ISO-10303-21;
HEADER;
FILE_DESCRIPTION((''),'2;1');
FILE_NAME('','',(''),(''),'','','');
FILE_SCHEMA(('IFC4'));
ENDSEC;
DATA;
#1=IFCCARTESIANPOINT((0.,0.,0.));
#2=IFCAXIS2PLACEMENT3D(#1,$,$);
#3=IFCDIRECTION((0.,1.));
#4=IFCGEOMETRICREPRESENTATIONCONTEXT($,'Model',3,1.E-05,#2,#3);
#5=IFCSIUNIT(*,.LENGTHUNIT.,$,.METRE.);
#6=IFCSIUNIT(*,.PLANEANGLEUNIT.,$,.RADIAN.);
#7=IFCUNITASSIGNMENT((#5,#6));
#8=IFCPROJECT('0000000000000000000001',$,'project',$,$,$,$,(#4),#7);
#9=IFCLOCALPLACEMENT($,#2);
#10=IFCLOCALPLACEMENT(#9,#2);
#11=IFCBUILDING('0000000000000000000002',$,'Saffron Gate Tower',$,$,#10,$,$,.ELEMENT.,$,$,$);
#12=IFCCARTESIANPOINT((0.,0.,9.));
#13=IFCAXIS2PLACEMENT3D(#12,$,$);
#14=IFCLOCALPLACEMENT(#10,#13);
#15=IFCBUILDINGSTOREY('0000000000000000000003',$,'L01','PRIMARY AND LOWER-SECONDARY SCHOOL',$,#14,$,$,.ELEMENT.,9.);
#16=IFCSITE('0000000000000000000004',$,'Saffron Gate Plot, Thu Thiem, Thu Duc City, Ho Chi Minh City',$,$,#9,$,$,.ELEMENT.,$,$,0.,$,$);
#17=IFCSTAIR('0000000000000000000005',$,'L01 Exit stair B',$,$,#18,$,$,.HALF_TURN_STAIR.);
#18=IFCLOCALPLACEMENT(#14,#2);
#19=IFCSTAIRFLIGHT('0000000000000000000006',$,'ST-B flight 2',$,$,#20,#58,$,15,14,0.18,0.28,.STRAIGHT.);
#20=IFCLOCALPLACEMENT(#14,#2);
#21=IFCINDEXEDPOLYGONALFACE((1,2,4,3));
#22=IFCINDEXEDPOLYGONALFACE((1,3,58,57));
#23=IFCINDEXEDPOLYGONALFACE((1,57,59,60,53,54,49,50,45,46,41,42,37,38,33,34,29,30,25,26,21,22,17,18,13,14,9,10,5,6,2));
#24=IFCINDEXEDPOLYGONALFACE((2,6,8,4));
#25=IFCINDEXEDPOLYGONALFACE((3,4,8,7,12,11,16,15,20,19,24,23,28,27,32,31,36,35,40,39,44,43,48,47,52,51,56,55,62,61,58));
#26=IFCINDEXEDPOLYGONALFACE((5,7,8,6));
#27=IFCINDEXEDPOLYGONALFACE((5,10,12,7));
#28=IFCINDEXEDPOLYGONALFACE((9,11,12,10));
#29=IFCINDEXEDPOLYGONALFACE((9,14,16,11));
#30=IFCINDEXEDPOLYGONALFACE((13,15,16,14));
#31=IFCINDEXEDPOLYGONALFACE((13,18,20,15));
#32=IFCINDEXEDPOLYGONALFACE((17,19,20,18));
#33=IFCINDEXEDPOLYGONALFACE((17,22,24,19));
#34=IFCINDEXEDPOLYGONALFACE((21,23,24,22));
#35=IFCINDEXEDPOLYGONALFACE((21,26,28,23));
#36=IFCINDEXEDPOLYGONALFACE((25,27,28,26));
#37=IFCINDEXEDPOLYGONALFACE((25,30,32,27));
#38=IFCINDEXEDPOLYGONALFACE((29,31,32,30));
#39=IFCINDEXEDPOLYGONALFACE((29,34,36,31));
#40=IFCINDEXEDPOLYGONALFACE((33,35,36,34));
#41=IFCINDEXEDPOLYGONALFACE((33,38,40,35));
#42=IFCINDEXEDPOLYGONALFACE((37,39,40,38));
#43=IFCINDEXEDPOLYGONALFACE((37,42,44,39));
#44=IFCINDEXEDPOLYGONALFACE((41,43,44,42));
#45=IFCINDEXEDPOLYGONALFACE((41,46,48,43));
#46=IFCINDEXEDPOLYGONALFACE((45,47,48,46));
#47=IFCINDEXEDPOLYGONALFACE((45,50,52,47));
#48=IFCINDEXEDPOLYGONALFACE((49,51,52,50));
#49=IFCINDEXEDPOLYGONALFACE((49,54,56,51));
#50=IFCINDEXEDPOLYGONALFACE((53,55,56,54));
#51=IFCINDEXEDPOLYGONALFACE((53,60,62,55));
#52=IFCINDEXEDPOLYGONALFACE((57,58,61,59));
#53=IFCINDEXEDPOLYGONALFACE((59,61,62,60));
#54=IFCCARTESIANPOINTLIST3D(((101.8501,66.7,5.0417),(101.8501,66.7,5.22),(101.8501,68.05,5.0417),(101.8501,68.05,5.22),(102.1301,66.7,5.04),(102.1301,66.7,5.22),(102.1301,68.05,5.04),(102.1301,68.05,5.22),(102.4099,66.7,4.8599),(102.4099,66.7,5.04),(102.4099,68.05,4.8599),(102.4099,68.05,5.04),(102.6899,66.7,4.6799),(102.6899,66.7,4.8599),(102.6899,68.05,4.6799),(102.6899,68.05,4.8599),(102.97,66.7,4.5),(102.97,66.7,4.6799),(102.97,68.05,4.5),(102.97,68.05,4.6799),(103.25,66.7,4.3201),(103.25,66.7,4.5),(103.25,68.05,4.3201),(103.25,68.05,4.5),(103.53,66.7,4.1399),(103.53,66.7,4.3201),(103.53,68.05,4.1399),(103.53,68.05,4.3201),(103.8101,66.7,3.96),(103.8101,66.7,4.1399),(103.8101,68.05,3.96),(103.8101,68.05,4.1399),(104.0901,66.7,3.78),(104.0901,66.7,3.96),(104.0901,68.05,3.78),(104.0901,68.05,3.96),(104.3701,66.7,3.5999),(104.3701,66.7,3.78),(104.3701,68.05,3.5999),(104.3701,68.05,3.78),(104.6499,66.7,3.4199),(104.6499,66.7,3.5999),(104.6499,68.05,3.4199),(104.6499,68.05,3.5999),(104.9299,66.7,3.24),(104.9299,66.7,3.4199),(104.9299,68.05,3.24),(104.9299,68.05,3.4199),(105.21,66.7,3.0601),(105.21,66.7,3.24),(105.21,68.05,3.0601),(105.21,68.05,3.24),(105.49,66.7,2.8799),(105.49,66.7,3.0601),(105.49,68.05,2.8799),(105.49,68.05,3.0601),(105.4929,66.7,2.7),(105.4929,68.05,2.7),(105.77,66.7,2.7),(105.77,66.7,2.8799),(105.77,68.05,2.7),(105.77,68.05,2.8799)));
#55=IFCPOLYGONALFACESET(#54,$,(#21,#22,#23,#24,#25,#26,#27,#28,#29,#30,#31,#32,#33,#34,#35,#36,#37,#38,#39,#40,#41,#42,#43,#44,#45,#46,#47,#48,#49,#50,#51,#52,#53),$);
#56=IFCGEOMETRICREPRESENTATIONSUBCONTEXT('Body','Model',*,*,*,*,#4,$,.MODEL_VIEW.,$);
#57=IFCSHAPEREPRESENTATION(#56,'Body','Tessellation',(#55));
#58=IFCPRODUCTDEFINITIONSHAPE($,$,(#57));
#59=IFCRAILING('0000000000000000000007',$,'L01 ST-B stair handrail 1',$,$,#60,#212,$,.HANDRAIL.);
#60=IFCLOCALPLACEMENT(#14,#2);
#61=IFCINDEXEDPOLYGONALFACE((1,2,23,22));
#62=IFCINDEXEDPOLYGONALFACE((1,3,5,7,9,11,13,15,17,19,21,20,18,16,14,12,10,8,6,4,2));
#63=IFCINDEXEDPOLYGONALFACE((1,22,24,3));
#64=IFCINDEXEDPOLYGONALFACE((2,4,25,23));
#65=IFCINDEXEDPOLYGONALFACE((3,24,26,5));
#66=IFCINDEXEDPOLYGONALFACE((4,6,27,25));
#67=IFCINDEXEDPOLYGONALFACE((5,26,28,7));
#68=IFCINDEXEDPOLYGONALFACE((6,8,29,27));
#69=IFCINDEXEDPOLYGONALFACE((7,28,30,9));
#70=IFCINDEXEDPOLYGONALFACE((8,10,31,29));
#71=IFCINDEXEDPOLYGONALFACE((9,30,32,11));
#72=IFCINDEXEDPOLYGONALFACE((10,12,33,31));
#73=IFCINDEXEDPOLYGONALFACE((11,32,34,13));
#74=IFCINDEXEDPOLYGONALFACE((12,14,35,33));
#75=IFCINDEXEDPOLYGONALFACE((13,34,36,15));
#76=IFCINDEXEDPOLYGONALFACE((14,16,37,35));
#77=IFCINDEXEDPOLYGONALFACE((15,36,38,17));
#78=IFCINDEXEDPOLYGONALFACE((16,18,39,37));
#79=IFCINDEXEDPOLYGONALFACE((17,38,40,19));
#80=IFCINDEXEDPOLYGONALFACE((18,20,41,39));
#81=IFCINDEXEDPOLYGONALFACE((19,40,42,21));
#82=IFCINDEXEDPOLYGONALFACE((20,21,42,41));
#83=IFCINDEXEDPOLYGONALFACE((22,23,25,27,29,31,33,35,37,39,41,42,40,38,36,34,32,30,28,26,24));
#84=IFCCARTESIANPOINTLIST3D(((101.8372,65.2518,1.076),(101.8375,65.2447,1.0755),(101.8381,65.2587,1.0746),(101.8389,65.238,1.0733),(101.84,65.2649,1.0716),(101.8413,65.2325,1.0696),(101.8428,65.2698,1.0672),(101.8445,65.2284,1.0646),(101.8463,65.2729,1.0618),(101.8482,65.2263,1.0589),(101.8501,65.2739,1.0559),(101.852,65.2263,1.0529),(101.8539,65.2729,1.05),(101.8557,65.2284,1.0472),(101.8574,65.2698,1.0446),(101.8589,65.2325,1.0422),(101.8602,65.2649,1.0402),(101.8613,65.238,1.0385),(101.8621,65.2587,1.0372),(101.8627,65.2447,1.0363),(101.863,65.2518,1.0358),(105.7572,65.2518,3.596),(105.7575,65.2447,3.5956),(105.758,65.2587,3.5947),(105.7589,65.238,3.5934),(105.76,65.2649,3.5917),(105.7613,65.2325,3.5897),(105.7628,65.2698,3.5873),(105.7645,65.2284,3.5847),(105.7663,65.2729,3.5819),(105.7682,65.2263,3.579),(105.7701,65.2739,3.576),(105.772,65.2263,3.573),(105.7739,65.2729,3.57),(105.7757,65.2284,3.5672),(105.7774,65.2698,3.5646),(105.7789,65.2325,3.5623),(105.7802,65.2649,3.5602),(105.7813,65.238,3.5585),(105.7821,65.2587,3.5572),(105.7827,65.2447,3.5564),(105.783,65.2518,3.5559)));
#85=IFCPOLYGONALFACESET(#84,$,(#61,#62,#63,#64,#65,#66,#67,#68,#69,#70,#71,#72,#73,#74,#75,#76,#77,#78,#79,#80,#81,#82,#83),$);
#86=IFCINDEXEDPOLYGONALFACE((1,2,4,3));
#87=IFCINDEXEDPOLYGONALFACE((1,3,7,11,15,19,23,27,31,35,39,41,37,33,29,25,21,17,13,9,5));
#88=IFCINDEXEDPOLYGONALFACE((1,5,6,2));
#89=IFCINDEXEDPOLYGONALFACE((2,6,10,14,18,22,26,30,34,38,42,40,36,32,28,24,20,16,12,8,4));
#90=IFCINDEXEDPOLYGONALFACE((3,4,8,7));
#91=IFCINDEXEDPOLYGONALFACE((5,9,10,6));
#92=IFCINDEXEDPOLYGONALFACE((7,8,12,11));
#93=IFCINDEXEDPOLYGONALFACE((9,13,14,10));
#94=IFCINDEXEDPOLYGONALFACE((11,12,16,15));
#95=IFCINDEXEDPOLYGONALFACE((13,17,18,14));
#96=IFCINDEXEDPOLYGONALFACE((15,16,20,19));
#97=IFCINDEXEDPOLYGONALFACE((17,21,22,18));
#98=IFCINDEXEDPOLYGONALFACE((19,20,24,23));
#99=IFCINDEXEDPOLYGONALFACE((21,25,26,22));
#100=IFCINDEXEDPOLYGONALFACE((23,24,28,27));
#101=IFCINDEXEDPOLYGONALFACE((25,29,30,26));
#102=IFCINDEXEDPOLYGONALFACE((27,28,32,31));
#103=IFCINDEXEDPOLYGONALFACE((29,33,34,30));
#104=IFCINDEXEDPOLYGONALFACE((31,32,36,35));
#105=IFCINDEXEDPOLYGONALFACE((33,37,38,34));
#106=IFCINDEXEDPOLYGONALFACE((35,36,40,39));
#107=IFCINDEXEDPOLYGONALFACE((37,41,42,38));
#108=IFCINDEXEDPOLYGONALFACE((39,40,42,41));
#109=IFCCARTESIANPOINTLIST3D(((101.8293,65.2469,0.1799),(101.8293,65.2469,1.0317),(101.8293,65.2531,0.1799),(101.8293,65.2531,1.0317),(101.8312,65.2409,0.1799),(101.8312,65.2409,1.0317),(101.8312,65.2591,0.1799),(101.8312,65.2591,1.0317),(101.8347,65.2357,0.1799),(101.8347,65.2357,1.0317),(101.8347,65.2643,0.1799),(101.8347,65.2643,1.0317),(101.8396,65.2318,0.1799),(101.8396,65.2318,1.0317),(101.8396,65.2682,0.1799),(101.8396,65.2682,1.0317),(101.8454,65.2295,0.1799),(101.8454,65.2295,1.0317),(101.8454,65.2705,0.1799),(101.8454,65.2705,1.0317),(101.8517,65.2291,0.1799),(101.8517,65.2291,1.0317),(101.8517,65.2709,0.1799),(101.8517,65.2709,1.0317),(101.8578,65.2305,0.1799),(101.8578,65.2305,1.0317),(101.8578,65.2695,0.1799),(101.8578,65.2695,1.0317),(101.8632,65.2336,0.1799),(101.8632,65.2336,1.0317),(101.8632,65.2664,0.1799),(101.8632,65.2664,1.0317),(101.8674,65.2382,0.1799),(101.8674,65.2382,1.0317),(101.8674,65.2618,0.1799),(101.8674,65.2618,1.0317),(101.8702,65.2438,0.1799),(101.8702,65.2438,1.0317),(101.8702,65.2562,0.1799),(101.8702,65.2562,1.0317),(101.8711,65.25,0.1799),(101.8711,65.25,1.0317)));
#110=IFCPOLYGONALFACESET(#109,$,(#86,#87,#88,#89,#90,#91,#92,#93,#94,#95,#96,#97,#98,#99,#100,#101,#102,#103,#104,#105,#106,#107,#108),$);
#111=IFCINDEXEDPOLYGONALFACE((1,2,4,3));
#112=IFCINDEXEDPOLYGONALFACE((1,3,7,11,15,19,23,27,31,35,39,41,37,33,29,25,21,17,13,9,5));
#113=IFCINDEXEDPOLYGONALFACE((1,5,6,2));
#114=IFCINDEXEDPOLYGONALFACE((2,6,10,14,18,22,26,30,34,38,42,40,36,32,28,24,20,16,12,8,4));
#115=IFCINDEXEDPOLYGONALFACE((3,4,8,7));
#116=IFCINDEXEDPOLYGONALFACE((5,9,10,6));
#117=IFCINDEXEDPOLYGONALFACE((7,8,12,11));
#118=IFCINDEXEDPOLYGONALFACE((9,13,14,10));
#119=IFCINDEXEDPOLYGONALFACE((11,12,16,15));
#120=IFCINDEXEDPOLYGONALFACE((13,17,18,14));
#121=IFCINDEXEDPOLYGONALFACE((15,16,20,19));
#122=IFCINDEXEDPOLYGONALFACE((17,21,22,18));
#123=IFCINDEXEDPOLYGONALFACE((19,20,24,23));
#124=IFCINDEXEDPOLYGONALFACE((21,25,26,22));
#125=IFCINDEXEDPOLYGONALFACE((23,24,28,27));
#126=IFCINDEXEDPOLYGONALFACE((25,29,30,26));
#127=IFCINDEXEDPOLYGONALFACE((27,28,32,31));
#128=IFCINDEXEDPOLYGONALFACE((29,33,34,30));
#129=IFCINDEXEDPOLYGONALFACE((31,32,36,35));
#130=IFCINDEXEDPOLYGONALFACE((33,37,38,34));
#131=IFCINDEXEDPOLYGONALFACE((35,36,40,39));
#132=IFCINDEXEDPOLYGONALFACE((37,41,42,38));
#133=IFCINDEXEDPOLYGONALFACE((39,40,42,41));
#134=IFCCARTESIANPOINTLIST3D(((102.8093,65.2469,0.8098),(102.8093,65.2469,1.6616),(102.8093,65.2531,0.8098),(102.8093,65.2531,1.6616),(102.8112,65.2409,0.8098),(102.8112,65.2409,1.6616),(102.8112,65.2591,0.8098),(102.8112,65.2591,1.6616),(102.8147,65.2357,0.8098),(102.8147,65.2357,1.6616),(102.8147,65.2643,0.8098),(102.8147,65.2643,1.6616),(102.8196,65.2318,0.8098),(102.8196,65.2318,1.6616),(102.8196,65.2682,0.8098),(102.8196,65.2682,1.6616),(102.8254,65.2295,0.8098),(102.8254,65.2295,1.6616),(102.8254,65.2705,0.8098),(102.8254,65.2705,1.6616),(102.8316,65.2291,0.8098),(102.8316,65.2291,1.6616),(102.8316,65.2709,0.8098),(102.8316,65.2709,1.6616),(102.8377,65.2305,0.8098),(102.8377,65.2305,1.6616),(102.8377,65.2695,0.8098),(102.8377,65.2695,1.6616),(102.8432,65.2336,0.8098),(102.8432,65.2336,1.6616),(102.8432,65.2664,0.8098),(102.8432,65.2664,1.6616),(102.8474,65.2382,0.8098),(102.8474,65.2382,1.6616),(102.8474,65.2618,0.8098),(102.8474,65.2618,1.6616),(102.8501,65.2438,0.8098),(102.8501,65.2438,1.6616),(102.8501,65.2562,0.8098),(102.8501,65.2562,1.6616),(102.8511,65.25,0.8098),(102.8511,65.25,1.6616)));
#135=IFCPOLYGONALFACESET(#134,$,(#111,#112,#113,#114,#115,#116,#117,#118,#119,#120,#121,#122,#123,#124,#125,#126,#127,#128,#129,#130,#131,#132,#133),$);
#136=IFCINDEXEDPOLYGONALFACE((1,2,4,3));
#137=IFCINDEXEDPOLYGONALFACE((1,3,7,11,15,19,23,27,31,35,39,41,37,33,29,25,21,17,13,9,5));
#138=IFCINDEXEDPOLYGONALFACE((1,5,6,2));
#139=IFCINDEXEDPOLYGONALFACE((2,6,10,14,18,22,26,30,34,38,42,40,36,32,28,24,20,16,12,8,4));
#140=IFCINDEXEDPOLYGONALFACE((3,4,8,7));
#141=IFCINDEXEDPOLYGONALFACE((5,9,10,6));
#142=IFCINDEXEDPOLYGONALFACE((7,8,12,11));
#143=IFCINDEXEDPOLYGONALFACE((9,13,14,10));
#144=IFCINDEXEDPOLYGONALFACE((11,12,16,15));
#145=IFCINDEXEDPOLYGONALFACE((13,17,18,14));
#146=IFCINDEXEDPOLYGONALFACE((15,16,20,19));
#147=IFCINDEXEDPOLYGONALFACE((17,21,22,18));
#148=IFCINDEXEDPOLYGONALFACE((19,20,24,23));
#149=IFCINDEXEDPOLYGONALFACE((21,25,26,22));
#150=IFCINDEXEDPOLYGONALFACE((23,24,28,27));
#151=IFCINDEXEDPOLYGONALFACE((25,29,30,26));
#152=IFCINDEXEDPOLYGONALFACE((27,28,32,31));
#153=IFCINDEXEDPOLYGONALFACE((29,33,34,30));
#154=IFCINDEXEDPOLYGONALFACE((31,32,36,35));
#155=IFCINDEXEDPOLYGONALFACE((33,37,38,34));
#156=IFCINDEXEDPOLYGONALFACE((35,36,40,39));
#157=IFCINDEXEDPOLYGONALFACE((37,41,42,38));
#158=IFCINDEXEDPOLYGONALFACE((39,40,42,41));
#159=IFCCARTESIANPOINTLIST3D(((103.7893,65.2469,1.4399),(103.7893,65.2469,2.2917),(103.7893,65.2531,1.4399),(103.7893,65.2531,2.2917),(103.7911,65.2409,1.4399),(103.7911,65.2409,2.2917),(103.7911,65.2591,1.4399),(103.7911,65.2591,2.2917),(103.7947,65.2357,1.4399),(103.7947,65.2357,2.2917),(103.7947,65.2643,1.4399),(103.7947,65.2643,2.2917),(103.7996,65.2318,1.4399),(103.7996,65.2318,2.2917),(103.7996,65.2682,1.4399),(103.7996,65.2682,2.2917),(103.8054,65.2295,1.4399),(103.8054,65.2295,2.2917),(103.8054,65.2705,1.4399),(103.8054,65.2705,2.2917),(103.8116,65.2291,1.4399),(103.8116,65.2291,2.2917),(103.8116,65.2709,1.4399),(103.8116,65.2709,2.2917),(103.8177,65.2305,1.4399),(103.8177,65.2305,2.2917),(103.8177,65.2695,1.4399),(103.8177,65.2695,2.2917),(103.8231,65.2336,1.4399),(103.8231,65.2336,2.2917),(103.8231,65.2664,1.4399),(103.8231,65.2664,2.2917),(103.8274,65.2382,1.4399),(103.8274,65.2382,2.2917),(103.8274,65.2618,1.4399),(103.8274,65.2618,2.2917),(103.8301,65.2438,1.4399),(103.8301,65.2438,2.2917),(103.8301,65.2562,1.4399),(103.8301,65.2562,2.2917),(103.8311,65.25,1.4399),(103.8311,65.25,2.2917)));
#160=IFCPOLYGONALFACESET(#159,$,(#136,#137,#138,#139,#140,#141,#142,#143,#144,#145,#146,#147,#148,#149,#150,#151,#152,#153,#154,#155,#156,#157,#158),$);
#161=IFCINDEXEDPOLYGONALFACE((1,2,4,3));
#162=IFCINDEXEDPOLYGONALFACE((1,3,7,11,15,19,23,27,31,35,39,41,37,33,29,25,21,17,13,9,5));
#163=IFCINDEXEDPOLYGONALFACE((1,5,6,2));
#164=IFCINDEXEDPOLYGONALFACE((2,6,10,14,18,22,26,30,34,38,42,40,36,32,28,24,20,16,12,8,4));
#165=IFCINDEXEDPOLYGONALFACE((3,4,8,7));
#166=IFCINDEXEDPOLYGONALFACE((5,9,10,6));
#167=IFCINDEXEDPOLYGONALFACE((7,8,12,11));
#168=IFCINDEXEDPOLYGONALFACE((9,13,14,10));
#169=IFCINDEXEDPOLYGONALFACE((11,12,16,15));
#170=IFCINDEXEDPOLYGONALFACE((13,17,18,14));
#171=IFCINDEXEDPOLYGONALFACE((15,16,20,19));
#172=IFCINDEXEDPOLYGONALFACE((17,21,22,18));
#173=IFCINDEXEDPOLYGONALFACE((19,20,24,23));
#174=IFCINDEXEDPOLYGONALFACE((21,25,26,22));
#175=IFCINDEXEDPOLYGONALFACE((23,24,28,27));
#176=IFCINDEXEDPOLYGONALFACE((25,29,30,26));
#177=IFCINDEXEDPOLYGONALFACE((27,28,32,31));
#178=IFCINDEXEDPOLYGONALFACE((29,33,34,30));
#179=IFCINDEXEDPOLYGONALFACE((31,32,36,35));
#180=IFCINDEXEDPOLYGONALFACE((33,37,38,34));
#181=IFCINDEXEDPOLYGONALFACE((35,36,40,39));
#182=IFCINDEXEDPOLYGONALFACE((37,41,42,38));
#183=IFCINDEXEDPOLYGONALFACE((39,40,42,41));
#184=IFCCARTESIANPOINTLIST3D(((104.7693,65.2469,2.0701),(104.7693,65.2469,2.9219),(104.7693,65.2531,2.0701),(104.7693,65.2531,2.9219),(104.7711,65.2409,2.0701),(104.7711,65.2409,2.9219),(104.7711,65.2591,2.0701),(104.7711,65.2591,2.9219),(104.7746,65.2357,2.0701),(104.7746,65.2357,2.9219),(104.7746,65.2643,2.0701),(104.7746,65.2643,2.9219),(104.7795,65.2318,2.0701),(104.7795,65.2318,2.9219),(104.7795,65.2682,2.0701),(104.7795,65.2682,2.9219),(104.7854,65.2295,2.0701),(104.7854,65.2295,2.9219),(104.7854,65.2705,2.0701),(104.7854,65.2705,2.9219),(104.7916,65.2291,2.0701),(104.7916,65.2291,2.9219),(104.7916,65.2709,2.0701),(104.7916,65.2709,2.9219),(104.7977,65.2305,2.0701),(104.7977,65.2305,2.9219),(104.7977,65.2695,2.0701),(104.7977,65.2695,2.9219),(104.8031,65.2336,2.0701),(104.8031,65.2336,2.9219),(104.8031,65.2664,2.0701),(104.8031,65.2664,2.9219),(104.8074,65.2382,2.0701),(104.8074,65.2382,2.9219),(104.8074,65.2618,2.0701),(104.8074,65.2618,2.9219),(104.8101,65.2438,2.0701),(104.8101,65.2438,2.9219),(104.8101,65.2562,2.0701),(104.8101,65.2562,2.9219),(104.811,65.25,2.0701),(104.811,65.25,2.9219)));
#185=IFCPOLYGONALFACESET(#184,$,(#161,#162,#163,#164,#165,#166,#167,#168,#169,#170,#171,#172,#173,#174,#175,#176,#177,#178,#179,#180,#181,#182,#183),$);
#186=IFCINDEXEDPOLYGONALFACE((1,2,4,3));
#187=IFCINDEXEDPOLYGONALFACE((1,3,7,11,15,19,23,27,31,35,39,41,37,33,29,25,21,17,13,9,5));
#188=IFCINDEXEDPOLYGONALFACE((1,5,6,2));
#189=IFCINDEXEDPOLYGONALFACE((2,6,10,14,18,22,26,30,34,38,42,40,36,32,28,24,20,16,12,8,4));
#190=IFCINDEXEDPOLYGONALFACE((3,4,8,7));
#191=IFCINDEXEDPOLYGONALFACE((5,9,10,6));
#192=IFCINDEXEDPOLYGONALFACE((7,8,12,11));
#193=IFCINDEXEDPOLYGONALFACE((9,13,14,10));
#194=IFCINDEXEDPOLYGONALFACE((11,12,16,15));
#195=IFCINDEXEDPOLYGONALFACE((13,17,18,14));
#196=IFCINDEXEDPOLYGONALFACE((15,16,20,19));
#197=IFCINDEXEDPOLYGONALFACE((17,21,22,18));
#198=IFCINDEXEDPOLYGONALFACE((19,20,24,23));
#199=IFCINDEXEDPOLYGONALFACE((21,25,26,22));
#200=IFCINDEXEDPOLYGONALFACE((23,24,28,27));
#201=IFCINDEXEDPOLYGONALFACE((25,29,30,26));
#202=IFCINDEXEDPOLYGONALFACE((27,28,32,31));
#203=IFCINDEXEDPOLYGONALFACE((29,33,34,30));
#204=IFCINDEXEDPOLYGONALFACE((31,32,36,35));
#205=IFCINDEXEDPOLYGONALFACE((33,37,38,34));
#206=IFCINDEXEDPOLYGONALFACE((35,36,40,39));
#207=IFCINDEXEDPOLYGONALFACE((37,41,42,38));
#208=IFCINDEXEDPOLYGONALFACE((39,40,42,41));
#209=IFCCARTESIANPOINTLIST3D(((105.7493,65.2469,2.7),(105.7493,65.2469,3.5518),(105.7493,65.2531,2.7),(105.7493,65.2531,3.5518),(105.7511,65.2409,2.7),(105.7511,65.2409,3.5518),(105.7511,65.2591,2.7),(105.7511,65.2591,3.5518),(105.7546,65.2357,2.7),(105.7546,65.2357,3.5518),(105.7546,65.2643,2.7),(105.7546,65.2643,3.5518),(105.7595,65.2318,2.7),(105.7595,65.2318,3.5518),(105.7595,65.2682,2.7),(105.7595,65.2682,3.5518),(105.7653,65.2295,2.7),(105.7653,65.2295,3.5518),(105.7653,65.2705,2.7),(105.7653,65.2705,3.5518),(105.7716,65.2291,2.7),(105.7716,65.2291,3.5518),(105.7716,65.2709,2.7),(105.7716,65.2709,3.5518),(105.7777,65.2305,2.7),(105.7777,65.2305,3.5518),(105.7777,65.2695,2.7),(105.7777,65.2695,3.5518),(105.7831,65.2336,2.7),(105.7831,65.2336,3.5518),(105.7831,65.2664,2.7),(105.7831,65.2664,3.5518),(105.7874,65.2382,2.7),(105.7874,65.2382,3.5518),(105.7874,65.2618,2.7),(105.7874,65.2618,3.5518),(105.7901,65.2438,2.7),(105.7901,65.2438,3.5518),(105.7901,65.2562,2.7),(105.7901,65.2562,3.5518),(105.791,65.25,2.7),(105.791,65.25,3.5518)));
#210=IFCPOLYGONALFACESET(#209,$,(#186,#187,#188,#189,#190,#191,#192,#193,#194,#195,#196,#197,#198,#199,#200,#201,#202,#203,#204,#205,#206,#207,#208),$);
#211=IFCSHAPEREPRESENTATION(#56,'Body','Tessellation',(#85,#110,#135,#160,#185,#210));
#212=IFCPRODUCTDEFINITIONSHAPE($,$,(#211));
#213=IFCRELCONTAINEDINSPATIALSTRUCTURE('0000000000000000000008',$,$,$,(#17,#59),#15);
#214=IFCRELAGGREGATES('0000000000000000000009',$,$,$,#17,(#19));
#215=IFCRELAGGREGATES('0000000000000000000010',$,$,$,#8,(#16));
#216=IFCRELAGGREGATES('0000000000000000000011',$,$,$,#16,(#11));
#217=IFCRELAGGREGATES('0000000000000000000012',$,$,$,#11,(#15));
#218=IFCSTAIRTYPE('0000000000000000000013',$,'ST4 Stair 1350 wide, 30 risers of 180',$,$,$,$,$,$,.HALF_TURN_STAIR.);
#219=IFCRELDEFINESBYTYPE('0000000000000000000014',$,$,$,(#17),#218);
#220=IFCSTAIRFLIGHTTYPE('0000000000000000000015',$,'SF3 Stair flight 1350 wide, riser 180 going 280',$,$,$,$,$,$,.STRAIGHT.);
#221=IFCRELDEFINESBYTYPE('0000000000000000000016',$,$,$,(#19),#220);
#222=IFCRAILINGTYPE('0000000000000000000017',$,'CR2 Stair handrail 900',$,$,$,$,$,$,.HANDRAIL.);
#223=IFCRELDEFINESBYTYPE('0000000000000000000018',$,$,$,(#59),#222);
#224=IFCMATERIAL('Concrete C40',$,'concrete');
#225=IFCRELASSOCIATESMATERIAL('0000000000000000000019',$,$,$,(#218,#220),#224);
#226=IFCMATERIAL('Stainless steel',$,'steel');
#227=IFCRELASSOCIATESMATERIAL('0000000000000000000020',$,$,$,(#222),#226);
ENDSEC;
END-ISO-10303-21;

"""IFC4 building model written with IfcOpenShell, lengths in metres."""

from ifc_helpers import new_model, si_unit, direction, frame, origin, origin_2d, place, context, subcontext, project, spatial, polyline, circle, outline, extrude, material, type_object, element, aggregate, save


model = new_model("IFC4")

# Units and contexts
model_context = context("Model", 3, precision=1e-05, world=origin(), true_north=direction((0.0, 1.0)))
body_context = subcontext(model_context, "Body", "Model", "MODEL_VIEW")
ifc_project = project(units=[si_unit("LENGTHUNIT", "METRE"), si_unit("PLANEANGLEUNIT", "RADIAN")], contexts=[model_context])

# Site, building, storey
site_placement = place(None, origin())
site = spatial("IfcSite", under=ifc_project, at=site_placement, Name="Saffron Gate Plot, Thu Thiem, Thu Duc City, Ho Chi Minh City", CompositionType="ELEMENT", RefElevation=0.0)
building_placement = place(site_placement, origin())
building = spatial("IfcBuilding", under=site, at=building_placement, Name="Saffron Gate Tower", CompositionType="ELEMENT")
storey_placement = place(building_placement, frame((0.0, 0.0, 9.0)))
storey = spatial("IfcBuildingStorey", under=building, at=storey_placement, Name="L01", Description="PRIMARY AND LOWER-SECONDARY SCHOOL", CompositionType="ELEMENT", Elevation=9.0)

# Stair, stair flight
ifc_material_1 = material(Name="Concrete C40", Category="concrete")
stair_type = type_object("IfcStairType", Name="ST4 Stair 1350 wide, 30 risers of 180", PredefinedType="HALF_TURN_STAIR", material=ifc_material_1)
stair_placement = place(storey_placement, origin())
stair = element("IfcStair", 1, at=stair_placement, inside=storey, type_object=stair_type, Name="L01 Exit stair B", PredefinedType="HALF_TURN_STAIR")
stair_flight_type = type_object("IfcStairFlightType", Name="SF3 Stair flight 1350 wide, riser 180 going 280", PredefinedType="STRAIGHT", material=ifc_material_1)
stair_flight_1_placement = place(storey_placement, frame((105.77, 67.375, 2.7), z_axis=(0.0, 0.0, 1.0), x_axis=(-1.0, 0.0, 0.0)))
stair_flight_1 = element("IfcStairFlight", 2, at=stair_flight_1_placement, type_object=stair_flight_type, Name="ST-B flight 2", NumberOfRisers=15, NumberOfTreads=14, PredefinedType="STRAIGHT", RiserHeight=0.18, TreadLength=0.28, context=body_context, shape_type="SweptSolid", body=[
    extrude(outline(polyline([(0.0, 0.0), (0.0, 0.1799), (0.28, 0.1799), (0.28, 0.3601), (0.5601, 0.3601), (0.5601, 0.54), (0.8401, 0.54), (0.8401, 0.72), (1.1201, 0.72), (1.1201, 0.8999), (1.3999, 0.8999), (1.3999, 1.0801), (1.6799, 1.0801), (1.6799, 1.26), (1.96, 1.26), (1.96, 1.4399), (2.24, 1.4399), (2.24, 1.6201), (2.52, 1.6201), (2.52, 1.8), (2.8, 1.8), (2.8, 1.98), (3.0801, 1.98), (3.0801, 2.1599), (3.3601, 2.1599), (3.3601, 2.3401), (3.6399, 2.3401), (3.6399, 2.52), (3.9199, 2.52), (3.9199, 2.7), (3.9199, 2.3418), (0.2771, 0.0), (0.0, 0.0)])), frame((0.0, 0.675, 0.0), z_axis=(0.0, -1.0, 0.0), x_axis=(1.0, 0.0, 0.0)), (0.0, 0.0, 1.0), 1.3501),
])
aggregate(stair, [stair_flight_1])

# Railing
ifc_material_2 = material(Name="Stainless steel", Category="steel")
railing_type_1 = type_object("IfcRailingType", Name="CR2 Stair handrail 900", PredefinedType="HANDRAIL", material=ifc_material_2)
railing_1_placement = place(storey_placement, frame((101.8501, 65.25, 0.1799)))
element("IfcRailing", 3, at=railing_1_placement, inside=storey, type_object=railing_type_1, Name="L01 ST-B stair handrail 1", PredefinedType="HANDRAIL", context=body_context, shape_type="SweptSolid", body=[
    extrude(circle(Radius=0.0239, at=origin_2d()), frame((0.0, 0.0, 0.876), z_axis=(0.841172, 0.0, 0.540768), x_axis=(0.0, 1.0, 0.0)), (0.0, 0.0, 1.0), 4.6602),
    extrude(circle(Radius=0.021, at=origin_2d()), origin(), (0.0, 0.0, 1.0), 0.8518),
    extrude(circle(Radius=0.021, at=origin_2d()), frame((0.98, 0.0, 0.6299)), (0.0, 0.0, 1.0), 0.8518),
    extrude(circle(Radius=0.021, at=origin_2d()), frame((1.96, 0.0, 1.26)), (0.0, 0.0, 1.0), 0.8518),
    extrude(circle(Radius=0.021, at=origin_2d()), frame((2.9399, 0.0, 1.8901)), (0.0, 0.0, 1.0), 0.8518),
    extrude(circle(Radius=0.021, at=origin_2d()), frame((3.9199, 0.0, 2.52)), (0.0, 0.0, 1.0), 0.8518),
])

save(model, "model.ifc")
